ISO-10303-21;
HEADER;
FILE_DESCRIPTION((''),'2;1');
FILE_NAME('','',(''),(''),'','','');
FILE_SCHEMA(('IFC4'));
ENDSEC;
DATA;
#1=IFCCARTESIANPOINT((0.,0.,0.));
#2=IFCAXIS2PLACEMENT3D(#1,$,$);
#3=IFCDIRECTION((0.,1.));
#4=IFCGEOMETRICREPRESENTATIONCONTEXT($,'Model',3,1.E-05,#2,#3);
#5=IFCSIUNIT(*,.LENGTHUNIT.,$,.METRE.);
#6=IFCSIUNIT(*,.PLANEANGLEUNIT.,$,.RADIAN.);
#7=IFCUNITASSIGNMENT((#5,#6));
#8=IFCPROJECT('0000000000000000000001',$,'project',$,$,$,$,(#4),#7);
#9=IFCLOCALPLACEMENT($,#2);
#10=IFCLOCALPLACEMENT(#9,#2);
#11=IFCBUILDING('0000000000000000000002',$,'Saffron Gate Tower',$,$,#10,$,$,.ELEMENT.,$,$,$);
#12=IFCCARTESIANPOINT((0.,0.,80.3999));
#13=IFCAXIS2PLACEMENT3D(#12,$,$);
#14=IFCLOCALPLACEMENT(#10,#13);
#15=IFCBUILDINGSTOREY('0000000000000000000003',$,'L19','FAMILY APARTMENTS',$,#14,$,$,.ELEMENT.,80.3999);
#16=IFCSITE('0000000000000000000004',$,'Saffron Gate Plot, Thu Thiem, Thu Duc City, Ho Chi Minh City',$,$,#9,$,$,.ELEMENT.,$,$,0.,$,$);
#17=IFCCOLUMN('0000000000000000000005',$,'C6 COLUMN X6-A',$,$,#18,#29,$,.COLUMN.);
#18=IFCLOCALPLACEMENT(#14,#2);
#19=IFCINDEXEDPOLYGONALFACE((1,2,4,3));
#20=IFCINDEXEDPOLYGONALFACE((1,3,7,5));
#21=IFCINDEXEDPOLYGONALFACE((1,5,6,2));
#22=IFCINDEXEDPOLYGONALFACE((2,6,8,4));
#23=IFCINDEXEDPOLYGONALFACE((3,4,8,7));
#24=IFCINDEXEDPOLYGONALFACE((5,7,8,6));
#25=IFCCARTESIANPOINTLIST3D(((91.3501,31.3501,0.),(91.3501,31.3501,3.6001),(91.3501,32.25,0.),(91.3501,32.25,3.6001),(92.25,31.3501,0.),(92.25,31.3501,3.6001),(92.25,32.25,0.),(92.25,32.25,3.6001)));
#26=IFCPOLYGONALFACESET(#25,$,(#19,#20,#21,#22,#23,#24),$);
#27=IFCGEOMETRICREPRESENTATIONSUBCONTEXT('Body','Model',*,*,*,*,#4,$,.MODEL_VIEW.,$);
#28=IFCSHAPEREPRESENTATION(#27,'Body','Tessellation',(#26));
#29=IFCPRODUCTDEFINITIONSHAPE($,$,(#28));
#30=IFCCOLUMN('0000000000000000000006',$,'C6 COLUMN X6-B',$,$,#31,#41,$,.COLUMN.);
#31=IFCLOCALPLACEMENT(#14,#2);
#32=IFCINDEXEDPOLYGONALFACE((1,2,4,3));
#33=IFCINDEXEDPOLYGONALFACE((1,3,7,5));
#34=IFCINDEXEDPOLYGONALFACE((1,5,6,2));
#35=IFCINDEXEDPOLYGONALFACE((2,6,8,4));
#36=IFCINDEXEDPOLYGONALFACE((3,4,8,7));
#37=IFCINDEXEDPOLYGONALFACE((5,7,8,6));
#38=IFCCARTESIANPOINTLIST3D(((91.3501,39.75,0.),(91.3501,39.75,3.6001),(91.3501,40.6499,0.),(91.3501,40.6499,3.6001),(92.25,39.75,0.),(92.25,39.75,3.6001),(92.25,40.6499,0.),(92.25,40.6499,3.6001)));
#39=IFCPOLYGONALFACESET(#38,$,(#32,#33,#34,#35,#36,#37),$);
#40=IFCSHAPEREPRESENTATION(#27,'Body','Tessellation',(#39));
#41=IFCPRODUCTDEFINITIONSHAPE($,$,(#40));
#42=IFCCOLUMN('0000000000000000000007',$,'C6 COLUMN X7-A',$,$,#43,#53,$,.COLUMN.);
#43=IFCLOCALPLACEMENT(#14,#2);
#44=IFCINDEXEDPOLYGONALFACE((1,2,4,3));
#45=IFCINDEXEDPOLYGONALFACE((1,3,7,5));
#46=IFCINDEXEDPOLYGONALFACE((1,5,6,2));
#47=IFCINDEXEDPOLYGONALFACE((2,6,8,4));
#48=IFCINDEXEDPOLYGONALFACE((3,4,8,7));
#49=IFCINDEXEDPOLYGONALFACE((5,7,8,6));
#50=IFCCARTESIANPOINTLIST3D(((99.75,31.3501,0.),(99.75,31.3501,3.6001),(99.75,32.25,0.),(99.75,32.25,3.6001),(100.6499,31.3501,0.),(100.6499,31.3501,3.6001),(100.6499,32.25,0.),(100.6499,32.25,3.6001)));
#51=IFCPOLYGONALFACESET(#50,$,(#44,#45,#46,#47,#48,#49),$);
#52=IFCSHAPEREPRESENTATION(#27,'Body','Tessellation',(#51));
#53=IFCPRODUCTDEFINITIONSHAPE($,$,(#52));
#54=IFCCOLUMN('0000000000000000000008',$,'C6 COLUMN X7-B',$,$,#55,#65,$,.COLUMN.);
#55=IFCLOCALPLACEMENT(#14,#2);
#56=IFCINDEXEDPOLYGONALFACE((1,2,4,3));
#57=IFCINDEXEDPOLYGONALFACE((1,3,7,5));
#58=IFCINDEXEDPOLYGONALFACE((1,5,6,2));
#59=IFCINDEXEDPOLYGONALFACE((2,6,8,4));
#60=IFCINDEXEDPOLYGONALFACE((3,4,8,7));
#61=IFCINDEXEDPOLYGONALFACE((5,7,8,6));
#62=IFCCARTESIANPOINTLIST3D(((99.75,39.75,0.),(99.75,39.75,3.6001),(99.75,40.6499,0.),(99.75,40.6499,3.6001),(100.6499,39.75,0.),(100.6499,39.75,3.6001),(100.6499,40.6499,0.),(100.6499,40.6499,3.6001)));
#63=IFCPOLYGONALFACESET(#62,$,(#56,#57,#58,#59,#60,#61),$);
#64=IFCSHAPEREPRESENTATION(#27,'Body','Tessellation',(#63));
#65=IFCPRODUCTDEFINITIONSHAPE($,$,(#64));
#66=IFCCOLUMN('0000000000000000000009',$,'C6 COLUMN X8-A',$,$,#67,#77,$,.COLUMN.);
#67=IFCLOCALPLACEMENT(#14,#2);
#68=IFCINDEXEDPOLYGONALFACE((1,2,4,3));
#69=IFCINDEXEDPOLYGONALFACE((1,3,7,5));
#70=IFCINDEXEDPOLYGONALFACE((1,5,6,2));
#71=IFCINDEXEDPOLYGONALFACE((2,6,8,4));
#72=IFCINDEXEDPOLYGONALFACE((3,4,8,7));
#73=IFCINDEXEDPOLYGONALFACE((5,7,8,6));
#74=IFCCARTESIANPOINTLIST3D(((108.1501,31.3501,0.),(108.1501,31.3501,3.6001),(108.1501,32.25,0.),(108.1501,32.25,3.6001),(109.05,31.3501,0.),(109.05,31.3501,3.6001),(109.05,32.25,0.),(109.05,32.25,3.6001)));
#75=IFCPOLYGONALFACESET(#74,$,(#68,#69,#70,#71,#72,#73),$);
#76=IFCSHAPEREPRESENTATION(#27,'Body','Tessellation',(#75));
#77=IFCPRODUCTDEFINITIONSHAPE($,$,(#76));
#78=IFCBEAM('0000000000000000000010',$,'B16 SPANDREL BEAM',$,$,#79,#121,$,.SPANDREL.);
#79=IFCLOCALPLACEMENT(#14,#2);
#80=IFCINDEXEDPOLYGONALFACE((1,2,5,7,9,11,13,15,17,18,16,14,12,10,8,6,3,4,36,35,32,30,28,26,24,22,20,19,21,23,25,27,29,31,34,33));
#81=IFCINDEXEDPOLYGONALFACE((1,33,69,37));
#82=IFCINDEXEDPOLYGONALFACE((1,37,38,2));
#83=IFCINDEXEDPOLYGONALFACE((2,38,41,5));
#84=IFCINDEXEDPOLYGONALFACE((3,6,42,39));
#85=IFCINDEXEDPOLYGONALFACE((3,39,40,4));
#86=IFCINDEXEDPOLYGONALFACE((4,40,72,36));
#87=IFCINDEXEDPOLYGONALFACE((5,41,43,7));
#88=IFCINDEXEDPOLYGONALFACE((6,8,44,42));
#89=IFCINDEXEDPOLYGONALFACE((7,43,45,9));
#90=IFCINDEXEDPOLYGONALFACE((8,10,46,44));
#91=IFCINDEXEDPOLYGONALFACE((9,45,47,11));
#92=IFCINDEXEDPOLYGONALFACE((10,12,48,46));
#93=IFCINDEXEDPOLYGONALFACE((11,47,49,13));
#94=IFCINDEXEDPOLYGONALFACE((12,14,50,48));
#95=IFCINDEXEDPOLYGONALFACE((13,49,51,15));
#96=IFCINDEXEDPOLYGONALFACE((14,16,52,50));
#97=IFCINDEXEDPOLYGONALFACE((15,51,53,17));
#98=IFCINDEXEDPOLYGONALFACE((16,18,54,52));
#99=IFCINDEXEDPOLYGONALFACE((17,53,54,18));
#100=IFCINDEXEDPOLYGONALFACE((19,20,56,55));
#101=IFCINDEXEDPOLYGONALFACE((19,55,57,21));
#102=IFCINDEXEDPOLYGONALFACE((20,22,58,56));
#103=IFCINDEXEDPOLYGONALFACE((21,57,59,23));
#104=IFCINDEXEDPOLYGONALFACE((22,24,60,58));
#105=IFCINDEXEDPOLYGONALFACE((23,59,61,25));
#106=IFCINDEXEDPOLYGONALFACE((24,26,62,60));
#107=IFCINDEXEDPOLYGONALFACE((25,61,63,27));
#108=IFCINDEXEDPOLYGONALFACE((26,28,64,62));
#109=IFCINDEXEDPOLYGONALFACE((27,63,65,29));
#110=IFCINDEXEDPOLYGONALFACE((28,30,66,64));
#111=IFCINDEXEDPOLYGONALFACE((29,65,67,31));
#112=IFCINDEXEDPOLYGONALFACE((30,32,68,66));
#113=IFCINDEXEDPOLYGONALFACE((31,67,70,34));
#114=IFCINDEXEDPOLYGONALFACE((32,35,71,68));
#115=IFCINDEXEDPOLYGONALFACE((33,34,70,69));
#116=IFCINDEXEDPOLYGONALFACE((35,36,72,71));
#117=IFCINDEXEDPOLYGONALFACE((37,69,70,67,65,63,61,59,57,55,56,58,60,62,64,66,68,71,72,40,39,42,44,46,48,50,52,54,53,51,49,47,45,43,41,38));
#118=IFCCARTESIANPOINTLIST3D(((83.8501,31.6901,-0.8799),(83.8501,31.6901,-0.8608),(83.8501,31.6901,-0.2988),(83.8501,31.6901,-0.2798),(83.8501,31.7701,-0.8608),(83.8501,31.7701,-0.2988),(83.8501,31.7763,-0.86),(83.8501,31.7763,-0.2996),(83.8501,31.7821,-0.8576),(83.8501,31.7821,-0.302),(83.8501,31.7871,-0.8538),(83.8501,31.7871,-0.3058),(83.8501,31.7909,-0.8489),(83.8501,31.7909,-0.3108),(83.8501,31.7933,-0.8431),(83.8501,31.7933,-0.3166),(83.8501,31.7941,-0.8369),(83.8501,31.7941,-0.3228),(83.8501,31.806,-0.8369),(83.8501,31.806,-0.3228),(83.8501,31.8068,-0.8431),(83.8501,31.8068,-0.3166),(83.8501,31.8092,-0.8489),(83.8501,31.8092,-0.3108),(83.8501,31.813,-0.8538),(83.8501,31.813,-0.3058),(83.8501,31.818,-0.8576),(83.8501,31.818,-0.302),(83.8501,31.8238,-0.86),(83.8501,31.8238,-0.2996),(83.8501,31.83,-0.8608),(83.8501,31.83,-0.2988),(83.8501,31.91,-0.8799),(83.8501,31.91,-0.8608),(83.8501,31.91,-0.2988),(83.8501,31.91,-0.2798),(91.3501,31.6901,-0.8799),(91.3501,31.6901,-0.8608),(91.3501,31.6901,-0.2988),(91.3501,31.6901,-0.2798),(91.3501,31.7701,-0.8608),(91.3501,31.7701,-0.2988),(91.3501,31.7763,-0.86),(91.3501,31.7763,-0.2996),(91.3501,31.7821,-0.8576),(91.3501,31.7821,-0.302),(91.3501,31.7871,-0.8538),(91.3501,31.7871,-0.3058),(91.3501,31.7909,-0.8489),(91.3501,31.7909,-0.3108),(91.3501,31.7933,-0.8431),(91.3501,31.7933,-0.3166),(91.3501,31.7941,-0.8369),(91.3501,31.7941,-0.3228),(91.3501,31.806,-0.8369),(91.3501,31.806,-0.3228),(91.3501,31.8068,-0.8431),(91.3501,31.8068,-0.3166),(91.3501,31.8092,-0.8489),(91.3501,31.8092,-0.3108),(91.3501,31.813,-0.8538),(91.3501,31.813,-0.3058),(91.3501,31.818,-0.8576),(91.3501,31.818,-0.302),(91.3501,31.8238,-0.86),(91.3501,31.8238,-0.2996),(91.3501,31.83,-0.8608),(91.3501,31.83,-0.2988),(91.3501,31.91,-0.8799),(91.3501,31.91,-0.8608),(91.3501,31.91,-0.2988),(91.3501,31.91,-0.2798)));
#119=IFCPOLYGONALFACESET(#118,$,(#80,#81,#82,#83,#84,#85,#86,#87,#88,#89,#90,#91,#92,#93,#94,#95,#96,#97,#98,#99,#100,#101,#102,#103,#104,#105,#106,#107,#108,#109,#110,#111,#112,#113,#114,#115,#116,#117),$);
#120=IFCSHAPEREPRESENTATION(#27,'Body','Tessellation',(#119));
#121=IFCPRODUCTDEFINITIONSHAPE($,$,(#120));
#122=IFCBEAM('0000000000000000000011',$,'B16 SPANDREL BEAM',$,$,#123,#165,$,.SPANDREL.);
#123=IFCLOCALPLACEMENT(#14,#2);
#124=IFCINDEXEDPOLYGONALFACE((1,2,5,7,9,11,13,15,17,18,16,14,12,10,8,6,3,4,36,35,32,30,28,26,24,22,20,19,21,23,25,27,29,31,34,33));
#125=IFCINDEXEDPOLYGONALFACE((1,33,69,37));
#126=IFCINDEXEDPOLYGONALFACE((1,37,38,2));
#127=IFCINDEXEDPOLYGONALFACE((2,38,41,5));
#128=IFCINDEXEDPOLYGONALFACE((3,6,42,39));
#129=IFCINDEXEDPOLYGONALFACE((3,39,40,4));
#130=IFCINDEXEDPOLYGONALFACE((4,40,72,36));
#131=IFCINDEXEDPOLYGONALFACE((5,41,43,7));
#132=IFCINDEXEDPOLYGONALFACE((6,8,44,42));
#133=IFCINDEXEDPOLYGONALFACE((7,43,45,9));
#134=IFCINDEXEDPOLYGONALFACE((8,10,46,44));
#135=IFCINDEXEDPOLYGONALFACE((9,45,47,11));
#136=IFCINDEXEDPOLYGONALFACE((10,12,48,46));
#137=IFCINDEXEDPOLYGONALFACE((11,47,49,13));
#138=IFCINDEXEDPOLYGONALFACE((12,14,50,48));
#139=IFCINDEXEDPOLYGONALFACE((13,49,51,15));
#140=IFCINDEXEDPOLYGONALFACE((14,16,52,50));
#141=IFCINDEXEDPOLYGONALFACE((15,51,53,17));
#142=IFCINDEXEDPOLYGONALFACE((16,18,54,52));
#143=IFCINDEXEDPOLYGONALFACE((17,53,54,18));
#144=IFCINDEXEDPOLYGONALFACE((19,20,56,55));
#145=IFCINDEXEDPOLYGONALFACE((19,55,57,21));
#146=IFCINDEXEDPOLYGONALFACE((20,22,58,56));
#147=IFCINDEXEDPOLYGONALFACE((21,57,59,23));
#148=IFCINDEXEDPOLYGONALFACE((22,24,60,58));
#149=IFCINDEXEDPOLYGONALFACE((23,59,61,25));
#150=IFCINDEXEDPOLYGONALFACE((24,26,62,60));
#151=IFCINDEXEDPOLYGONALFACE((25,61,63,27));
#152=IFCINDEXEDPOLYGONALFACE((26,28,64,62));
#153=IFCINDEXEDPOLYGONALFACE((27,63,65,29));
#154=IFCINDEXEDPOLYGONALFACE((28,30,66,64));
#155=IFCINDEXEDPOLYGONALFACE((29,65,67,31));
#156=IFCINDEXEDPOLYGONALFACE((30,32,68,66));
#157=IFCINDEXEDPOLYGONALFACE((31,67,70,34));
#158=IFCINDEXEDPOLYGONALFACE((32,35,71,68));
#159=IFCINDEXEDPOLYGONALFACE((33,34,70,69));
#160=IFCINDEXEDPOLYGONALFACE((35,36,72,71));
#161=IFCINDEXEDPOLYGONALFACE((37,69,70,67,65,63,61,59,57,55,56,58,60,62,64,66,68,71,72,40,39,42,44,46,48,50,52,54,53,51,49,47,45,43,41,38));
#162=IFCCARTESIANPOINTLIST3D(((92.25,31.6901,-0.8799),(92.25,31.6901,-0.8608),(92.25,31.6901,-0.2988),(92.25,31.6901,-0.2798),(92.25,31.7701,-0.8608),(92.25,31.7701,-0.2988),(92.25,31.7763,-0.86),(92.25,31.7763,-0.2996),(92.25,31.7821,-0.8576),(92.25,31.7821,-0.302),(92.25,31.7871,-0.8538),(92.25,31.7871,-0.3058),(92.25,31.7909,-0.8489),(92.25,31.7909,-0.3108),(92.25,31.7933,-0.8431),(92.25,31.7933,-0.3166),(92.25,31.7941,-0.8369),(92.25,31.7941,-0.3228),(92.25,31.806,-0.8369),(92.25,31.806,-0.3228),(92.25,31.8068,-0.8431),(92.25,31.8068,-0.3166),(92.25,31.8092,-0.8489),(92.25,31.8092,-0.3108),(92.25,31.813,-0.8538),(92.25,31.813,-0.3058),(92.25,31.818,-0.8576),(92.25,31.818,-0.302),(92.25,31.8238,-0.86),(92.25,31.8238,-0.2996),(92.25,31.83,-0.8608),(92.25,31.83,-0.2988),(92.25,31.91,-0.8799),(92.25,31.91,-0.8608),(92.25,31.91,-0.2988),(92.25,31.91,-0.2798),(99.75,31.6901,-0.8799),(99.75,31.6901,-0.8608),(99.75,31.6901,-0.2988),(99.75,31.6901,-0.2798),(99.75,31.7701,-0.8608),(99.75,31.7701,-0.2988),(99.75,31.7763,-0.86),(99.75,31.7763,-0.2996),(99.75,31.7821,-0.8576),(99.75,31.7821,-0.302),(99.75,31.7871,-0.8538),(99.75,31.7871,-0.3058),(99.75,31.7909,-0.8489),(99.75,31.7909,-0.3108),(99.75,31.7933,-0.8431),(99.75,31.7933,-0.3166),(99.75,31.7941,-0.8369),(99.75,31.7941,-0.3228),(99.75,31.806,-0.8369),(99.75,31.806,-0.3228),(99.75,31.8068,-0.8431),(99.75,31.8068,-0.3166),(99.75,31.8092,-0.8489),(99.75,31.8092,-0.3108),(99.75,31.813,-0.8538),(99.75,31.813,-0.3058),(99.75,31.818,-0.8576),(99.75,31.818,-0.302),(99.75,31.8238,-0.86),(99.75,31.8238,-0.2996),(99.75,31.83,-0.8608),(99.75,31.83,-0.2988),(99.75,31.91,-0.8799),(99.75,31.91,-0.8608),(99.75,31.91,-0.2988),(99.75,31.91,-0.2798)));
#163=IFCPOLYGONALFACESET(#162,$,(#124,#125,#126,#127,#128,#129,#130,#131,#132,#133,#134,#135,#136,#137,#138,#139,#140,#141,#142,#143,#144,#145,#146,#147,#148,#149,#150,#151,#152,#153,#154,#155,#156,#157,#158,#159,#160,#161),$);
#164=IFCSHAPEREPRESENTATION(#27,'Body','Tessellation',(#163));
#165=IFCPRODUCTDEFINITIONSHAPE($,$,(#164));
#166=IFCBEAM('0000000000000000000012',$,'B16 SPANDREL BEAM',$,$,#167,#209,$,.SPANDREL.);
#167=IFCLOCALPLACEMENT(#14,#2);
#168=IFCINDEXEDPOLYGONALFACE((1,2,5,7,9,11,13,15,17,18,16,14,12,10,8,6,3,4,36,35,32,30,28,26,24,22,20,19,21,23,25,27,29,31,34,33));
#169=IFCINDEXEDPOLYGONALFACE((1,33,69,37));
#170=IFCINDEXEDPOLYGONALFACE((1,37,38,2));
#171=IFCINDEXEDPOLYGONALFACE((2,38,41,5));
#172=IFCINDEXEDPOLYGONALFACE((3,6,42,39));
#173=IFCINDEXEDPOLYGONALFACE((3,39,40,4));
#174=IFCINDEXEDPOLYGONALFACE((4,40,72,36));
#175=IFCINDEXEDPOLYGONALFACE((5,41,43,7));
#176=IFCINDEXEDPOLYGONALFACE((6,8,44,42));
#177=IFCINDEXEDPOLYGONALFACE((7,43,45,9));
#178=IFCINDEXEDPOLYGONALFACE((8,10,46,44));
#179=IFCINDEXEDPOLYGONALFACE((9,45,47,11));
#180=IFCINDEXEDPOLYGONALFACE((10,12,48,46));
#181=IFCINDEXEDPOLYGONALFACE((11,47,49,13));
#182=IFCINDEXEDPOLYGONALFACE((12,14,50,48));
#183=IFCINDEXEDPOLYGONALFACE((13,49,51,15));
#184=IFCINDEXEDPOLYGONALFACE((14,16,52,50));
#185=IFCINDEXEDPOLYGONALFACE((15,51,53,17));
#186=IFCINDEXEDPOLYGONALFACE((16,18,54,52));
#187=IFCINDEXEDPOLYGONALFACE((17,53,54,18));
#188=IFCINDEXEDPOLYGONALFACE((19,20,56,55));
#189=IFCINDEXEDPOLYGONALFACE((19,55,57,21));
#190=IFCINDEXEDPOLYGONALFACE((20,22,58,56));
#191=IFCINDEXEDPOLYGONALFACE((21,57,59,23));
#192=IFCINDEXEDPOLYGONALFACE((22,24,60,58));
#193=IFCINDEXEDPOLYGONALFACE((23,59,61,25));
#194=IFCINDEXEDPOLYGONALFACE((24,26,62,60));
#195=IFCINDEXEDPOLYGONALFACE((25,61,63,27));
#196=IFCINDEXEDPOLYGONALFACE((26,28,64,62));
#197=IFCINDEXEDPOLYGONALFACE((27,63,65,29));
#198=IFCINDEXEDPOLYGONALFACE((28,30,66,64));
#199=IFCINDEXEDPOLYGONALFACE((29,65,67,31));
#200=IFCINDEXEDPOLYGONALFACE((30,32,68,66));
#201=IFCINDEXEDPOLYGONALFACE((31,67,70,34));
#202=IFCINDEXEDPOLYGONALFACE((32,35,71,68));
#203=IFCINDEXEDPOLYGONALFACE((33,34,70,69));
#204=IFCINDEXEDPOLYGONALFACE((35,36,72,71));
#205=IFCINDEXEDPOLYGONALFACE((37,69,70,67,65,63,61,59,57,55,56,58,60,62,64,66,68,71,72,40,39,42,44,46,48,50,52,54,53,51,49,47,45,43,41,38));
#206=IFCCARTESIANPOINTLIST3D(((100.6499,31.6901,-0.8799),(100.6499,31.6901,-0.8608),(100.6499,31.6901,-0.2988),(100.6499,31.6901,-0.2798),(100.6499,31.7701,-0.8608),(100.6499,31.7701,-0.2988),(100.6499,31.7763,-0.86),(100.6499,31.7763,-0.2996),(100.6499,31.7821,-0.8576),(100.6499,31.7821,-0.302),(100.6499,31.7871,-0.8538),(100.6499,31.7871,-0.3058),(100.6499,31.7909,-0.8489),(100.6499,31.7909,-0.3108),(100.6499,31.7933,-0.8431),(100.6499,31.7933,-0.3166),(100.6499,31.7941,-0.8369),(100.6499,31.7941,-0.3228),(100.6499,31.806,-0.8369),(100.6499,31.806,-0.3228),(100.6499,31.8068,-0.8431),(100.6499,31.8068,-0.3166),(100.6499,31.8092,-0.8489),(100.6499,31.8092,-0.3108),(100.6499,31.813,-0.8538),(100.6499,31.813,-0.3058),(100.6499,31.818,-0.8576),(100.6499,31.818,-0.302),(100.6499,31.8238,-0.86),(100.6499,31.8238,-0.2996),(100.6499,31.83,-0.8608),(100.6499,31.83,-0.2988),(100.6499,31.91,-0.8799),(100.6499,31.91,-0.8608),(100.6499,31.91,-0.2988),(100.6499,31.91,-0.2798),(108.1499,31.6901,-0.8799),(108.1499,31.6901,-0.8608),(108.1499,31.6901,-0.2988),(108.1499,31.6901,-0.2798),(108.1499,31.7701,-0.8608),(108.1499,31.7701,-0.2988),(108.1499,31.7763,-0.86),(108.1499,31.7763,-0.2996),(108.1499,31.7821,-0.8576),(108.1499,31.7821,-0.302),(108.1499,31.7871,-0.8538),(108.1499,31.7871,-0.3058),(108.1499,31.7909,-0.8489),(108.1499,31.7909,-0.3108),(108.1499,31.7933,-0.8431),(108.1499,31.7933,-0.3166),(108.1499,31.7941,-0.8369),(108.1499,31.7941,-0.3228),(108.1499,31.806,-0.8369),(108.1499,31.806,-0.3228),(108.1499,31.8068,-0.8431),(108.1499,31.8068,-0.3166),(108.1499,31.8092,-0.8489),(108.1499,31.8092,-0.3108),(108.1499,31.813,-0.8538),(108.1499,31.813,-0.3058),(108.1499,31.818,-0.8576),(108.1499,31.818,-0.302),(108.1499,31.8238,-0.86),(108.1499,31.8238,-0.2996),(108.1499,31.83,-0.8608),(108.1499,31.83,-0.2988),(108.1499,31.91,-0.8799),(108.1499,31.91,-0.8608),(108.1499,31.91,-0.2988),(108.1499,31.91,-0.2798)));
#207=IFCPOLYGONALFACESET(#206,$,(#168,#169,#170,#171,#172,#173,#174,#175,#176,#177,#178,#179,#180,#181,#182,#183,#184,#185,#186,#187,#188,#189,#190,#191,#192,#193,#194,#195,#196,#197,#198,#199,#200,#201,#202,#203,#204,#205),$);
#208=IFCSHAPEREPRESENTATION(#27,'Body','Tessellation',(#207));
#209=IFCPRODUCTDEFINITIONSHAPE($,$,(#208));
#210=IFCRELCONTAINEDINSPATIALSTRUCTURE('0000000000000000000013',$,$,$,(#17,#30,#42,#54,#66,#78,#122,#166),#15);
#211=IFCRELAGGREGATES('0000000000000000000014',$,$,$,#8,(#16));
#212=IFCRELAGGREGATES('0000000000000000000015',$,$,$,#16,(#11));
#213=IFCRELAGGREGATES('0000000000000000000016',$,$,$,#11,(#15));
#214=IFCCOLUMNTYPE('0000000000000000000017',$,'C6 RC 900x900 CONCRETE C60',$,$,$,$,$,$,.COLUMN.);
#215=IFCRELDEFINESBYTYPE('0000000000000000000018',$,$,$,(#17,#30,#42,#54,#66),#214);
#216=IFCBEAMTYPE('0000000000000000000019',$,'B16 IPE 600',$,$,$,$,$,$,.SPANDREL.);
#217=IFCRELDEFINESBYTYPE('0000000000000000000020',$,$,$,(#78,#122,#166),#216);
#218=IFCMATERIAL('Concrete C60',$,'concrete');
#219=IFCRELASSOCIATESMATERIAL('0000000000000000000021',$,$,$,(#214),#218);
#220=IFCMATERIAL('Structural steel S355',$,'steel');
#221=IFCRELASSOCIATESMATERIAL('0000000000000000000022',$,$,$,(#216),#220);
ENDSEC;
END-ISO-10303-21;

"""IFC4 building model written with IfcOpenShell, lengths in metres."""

from ifc_helpers import new_model, si_unit, direction, frame, origin, origin_2d, place, context, subcontext, project, spatial, rectangle, i_section, extrude, material, material_profile, profile_set, type_object, element, save


model = new_model("IFC4")

# Units and contexts
model_context = context("Model", 3, precision=1e-05, world=origin(), true_north=direction((0.0, 1.0)))
body_context = subcontext(model_context, "Body", "Model", "MODEL_VIEW")
ifc_project = project(units=[si_unit("LENGTHUNIT", "METRE"), si_unit("PLANEANGLEUNIT", "RADIAN")], contexts=[model_context])

# Site, building, storey
site_placement = place(None, origin())
site = spatial("IfcSite", under=ifc_project, at=site_placement, Name="Saffron Gate Plot, Thu Thiem, Thu Duc City, Ho Chi Minh City", CompositionType="ELEMENT", RefElevation=0.0)
building_placement = place(site_placement, origin())
building = spatial("IfcBuilding", under=site, at=building_placement, Name="Saffron Gate Tower", CompositionType="ELEMENT")
storey_placement = place(building_placement, frame((0.0, 0.0, 80.3999)))
storey = spatial("IfcBuildingStorey", under=building, at=storey_placement, Name="L19", Description="FAMILY APARTMENTS", CompositionType="ELEMENT", Elevation=80.3999)

# Columns
ifc_material_1 = material(Name="Concrete C60", Category="concrete")
ifc_material_profile_1 = material_profile(ifc_material_1, rectangle(XDim=0.8999, YDim=0.8999, at=origin_2d()))
ifc_profile_set_1 = profile_set([ifc_material_profile_1], Name="Concrete C60")
column_type = type_object("IfcColumnType", Name="C6 RC 900x900 CONCRETE C60", PredefinedType="COLUMN", material=ifc_profile_set_1)
for number, where, z_axis, x_axis, name in (
    (1, (91.8, 31.8, 0.0), (0.0, 0.0, 1.0), (1.0, 0.0, 0.0), "C6 COLUMN X6-A"),
    (2, (91.8, 40.2, 0.0), (0.0, 0.0, 1.0), (1.0, 0.0, 0.0), "C6 COLUMN X6-B"),
    (3, (100.2, 31.8, 0.0), (0.0, 0.0, 1.0), (1.0, 0.0, 0.0), "C6 COLUMN X7-A"),
    (4, (100.2, 40.2, 0.0), (0.0, 0.0, 1.0), (1.0, 0.0, 0.0), "C6 COLUMN X7-B"),
    (5, (108.6001, 31.8, 0.0), (0.0, 0.0, 1.0), (1.0, 0.0, 0.0), "C6 COLUMN X8-A"),
):
    element("IfcColumn", number, at=place(storey_placement, frame(where, z_axis=z_axis, x_axis=x_axis)), inside=storey, type_object=column_type, Name=name, PredefinedType="COLUMN", context=body_context, shape_type="SweptSolid", body=[
        extrude(rectangle(XDim=0.8999, YDim=0.8999, at=origin_2d()), origin(), (0.0, 0.0, 1.0), 3.6001),
    ])

# Beams
ifc_material_2 = material(Name="Structural steel S355", Category="steel")
ifc_material_profile_2 = material_profile(ifc_material_2, i_section(OverallWidth=0.22, OverallDepth=0.6001, WebThickness=0.012, FlangeThickness=0.019, FilletRadius=0.0239, at=origin_2d()))
ifc_profile_set_2 = profile_set([ifc_material_profile_2], Name="Structural steel S355")
beam_type_1 = type_object("IfcBeamType", Name="B16 IPE 600", PredefinedType="SPANDREL", material=ifc_profile_set_2)
for number, where, z_axis, x_axis, name in (
    (6, (83.8501, 31.8, -0.5798), (1.0, 0.0, 0.0), (0.0, 1.0, 0.0), "B16 SPANDREL BEAM"),
    (7, (92.25, 31.8, -0.5798), (1.0, 0.0, 0.0), (0.0, 1.0, 0.0), "B16 SPANDREL BEAM"),
    (8, (100.6499, 31.8, -0.5798), (1.0, 0.0, 0.0), (0.0, 1.0, 0.0), "B16 SPANDREL BEAM"),
):
    element("IfcBeam", number, at=place(storey_placement, frame(where, z_axis=z_axis, x_axis=x_axis)), inside=storey, type_object=beam_type_1, Name=name, PredefinedType="SPANDREL", context=body_context, shape_type="SweptSolid", body=[
        extrude(i_section(OverallWidth=0.22, OverallDepth=0.6001, WebThickness=0.012, FlangeThickness=0.019, FilletRadius=0.0239, at=origin_2d()), origin(), (0.0, 0.0, 1.0), 7.5),
    ])

save(model, "model.ifc")
